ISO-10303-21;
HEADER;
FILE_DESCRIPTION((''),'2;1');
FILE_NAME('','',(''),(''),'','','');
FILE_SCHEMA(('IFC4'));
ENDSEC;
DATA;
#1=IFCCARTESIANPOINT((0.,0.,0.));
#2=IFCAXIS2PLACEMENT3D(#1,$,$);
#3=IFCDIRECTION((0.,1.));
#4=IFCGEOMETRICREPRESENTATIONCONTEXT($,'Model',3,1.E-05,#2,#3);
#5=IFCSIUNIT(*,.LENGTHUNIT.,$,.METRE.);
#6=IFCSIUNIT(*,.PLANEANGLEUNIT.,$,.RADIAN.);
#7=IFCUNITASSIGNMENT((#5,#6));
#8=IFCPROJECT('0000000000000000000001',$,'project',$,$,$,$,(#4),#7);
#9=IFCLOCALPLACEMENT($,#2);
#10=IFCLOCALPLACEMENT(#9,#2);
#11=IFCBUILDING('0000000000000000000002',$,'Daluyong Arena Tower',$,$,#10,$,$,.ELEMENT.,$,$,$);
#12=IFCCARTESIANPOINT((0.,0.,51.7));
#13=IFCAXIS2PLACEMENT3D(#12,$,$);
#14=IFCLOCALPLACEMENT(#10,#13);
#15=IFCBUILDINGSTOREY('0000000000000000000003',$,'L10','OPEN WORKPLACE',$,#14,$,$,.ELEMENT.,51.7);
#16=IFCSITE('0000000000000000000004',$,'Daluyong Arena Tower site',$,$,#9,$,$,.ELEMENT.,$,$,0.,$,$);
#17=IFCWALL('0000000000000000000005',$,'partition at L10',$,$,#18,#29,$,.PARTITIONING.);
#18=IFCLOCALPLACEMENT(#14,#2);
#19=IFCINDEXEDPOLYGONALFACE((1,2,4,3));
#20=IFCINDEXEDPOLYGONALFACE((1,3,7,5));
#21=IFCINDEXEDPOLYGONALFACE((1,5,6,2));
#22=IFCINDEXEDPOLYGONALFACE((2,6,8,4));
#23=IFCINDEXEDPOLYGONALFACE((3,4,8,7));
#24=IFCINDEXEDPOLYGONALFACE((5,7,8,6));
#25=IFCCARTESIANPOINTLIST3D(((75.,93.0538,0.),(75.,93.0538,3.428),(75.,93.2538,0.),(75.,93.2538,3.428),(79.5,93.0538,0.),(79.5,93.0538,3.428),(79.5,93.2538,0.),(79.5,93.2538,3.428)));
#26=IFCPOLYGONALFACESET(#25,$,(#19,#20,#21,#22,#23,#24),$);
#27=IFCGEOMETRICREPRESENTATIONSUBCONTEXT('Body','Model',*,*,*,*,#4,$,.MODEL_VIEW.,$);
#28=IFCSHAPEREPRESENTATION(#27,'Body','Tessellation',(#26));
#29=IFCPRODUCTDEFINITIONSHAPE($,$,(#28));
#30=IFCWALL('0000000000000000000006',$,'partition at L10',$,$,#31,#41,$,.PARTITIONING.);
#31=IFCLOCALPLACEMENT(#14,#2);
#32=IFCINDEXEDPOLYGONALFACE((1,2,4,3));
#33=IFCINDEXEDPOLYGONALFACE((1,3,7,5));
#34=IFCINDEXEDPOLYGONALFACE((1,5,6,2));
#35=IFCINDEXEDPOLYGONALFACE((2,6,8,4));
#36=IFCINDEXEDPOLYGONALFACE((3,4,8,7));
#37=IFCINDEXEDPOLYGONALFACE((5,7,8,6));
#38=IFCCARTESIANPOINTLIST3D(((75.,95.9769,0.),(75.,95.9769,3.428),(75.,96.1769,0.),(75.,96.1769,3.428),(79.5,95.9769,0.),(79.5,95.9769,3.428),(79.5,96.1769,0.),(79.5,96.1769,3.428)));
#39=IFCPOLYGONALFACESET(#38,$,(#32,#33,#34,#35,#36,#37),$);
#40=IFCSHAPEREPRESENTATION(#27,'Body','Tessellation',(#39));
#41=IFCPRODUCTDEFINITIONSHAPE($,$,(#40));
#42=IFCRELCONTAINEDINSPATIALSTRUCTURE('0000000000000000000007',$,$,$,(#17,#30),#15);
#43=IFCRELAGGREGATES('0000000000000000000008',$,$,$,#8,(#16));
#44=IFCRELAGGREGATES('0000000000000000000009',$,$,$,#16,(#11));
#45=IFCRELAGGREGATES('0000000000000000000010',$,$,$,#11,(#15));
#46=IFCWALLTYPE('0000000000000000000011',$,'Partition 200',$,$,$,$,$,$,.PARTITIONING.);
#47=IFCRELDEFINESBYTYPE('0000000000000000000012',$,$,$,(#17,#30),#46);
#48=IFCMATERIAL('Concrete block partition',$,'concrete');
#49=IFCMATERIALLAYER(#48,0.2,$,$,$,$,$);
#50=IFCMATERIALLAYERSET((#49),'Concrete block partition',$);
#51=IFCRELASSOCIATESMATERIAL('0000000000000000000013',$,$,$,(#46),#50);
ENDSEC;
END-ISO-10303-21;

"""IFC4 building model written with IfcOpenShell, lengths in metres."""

from ifc_helpers import new_model, si_unit, direction, frame, frame_2d, origin, place, context, subcontext, project, spatial, rectangle, extrude, material, layer, layer_set, type_object, element, save


model = new_model("IFC4")

# Units and contexts
model_context = context("Model", 3, precision=1e-05, world=origin(), true_north=direction((0.0, 1.0)))
body_context = subcontext(model_context, "Body", "Model", "MODEL_VIEW")
ifc_project = project(units=[si_unit("LENGTHUNIT", "METRE"), si_unit("PLANEANGLEUNIT", "RADIAN")], contexts=[model_context])

# Site, building, storey
site_placement = place(None, origin())
site = spatial("IfcSite", under=ifc_project, at=site_placement, Name="Daluyong Arena Tower site", CompositionType="ELEMENT", RefElevation=0.0)
building_placement = place(site_placement, origin())
building = spatial("IfcBuilding", under=site, at=building_placement, Name="Daluyong Arena Tower", CompositionType="ELEMENT")
storey_placement = place(building_placement, frame((0.0, 0.0, 51.7)))
storey = spatial("IfcBuildingStorey", under=building, at=storey_placement, Name="L10", Description="OPEN WORKPLACE", CompositionType="ELEMENT", Elevation=51.7)

# Walls
ifc_material_1 = material(Name="Concrete block partition", Category="concrete")
ifc_layer_1 = layer(ifc_material_1, 0.2)
ifc_layer_set_1 = layer_set([ifc_layer_1], Name="Concrete block partition")
wall_type_1 = type_object("IfcWallType", Name="Partition 200", PredefinedType="PARTITIONING", material=ifc_layer_set_1)
for number, where, z_axis, x_axis, name in (
    (1, (75.0, 93.1538, 0.0), (0.0, 0.0, 1.0), (1.0, 0.0, 0.0), "partition at L10"),
    (2, (75.0, 96.0769, 0.0), (0.0, 0.0, 1.0), (1.0, 0.0, 0.0), "partition at L10"),
):
    element("IfcWall", number, at=place(storey_placement, frame(where, z_axis=z_axis, x_axis=x_axis)), inside=storey, type_object=wall_type_1, Name=name, PredefinedType="PARTITIONING", context=body_context, shape_type="SweptSolid", body=[
        extrude(rectangle(XDim=4.5, YDim=0.2, at=frame_2d((2.25, 0.0))), origin(), (0.0, 0.0, 1.0), 3.428),
    ])

save(model, "model.ifc")
